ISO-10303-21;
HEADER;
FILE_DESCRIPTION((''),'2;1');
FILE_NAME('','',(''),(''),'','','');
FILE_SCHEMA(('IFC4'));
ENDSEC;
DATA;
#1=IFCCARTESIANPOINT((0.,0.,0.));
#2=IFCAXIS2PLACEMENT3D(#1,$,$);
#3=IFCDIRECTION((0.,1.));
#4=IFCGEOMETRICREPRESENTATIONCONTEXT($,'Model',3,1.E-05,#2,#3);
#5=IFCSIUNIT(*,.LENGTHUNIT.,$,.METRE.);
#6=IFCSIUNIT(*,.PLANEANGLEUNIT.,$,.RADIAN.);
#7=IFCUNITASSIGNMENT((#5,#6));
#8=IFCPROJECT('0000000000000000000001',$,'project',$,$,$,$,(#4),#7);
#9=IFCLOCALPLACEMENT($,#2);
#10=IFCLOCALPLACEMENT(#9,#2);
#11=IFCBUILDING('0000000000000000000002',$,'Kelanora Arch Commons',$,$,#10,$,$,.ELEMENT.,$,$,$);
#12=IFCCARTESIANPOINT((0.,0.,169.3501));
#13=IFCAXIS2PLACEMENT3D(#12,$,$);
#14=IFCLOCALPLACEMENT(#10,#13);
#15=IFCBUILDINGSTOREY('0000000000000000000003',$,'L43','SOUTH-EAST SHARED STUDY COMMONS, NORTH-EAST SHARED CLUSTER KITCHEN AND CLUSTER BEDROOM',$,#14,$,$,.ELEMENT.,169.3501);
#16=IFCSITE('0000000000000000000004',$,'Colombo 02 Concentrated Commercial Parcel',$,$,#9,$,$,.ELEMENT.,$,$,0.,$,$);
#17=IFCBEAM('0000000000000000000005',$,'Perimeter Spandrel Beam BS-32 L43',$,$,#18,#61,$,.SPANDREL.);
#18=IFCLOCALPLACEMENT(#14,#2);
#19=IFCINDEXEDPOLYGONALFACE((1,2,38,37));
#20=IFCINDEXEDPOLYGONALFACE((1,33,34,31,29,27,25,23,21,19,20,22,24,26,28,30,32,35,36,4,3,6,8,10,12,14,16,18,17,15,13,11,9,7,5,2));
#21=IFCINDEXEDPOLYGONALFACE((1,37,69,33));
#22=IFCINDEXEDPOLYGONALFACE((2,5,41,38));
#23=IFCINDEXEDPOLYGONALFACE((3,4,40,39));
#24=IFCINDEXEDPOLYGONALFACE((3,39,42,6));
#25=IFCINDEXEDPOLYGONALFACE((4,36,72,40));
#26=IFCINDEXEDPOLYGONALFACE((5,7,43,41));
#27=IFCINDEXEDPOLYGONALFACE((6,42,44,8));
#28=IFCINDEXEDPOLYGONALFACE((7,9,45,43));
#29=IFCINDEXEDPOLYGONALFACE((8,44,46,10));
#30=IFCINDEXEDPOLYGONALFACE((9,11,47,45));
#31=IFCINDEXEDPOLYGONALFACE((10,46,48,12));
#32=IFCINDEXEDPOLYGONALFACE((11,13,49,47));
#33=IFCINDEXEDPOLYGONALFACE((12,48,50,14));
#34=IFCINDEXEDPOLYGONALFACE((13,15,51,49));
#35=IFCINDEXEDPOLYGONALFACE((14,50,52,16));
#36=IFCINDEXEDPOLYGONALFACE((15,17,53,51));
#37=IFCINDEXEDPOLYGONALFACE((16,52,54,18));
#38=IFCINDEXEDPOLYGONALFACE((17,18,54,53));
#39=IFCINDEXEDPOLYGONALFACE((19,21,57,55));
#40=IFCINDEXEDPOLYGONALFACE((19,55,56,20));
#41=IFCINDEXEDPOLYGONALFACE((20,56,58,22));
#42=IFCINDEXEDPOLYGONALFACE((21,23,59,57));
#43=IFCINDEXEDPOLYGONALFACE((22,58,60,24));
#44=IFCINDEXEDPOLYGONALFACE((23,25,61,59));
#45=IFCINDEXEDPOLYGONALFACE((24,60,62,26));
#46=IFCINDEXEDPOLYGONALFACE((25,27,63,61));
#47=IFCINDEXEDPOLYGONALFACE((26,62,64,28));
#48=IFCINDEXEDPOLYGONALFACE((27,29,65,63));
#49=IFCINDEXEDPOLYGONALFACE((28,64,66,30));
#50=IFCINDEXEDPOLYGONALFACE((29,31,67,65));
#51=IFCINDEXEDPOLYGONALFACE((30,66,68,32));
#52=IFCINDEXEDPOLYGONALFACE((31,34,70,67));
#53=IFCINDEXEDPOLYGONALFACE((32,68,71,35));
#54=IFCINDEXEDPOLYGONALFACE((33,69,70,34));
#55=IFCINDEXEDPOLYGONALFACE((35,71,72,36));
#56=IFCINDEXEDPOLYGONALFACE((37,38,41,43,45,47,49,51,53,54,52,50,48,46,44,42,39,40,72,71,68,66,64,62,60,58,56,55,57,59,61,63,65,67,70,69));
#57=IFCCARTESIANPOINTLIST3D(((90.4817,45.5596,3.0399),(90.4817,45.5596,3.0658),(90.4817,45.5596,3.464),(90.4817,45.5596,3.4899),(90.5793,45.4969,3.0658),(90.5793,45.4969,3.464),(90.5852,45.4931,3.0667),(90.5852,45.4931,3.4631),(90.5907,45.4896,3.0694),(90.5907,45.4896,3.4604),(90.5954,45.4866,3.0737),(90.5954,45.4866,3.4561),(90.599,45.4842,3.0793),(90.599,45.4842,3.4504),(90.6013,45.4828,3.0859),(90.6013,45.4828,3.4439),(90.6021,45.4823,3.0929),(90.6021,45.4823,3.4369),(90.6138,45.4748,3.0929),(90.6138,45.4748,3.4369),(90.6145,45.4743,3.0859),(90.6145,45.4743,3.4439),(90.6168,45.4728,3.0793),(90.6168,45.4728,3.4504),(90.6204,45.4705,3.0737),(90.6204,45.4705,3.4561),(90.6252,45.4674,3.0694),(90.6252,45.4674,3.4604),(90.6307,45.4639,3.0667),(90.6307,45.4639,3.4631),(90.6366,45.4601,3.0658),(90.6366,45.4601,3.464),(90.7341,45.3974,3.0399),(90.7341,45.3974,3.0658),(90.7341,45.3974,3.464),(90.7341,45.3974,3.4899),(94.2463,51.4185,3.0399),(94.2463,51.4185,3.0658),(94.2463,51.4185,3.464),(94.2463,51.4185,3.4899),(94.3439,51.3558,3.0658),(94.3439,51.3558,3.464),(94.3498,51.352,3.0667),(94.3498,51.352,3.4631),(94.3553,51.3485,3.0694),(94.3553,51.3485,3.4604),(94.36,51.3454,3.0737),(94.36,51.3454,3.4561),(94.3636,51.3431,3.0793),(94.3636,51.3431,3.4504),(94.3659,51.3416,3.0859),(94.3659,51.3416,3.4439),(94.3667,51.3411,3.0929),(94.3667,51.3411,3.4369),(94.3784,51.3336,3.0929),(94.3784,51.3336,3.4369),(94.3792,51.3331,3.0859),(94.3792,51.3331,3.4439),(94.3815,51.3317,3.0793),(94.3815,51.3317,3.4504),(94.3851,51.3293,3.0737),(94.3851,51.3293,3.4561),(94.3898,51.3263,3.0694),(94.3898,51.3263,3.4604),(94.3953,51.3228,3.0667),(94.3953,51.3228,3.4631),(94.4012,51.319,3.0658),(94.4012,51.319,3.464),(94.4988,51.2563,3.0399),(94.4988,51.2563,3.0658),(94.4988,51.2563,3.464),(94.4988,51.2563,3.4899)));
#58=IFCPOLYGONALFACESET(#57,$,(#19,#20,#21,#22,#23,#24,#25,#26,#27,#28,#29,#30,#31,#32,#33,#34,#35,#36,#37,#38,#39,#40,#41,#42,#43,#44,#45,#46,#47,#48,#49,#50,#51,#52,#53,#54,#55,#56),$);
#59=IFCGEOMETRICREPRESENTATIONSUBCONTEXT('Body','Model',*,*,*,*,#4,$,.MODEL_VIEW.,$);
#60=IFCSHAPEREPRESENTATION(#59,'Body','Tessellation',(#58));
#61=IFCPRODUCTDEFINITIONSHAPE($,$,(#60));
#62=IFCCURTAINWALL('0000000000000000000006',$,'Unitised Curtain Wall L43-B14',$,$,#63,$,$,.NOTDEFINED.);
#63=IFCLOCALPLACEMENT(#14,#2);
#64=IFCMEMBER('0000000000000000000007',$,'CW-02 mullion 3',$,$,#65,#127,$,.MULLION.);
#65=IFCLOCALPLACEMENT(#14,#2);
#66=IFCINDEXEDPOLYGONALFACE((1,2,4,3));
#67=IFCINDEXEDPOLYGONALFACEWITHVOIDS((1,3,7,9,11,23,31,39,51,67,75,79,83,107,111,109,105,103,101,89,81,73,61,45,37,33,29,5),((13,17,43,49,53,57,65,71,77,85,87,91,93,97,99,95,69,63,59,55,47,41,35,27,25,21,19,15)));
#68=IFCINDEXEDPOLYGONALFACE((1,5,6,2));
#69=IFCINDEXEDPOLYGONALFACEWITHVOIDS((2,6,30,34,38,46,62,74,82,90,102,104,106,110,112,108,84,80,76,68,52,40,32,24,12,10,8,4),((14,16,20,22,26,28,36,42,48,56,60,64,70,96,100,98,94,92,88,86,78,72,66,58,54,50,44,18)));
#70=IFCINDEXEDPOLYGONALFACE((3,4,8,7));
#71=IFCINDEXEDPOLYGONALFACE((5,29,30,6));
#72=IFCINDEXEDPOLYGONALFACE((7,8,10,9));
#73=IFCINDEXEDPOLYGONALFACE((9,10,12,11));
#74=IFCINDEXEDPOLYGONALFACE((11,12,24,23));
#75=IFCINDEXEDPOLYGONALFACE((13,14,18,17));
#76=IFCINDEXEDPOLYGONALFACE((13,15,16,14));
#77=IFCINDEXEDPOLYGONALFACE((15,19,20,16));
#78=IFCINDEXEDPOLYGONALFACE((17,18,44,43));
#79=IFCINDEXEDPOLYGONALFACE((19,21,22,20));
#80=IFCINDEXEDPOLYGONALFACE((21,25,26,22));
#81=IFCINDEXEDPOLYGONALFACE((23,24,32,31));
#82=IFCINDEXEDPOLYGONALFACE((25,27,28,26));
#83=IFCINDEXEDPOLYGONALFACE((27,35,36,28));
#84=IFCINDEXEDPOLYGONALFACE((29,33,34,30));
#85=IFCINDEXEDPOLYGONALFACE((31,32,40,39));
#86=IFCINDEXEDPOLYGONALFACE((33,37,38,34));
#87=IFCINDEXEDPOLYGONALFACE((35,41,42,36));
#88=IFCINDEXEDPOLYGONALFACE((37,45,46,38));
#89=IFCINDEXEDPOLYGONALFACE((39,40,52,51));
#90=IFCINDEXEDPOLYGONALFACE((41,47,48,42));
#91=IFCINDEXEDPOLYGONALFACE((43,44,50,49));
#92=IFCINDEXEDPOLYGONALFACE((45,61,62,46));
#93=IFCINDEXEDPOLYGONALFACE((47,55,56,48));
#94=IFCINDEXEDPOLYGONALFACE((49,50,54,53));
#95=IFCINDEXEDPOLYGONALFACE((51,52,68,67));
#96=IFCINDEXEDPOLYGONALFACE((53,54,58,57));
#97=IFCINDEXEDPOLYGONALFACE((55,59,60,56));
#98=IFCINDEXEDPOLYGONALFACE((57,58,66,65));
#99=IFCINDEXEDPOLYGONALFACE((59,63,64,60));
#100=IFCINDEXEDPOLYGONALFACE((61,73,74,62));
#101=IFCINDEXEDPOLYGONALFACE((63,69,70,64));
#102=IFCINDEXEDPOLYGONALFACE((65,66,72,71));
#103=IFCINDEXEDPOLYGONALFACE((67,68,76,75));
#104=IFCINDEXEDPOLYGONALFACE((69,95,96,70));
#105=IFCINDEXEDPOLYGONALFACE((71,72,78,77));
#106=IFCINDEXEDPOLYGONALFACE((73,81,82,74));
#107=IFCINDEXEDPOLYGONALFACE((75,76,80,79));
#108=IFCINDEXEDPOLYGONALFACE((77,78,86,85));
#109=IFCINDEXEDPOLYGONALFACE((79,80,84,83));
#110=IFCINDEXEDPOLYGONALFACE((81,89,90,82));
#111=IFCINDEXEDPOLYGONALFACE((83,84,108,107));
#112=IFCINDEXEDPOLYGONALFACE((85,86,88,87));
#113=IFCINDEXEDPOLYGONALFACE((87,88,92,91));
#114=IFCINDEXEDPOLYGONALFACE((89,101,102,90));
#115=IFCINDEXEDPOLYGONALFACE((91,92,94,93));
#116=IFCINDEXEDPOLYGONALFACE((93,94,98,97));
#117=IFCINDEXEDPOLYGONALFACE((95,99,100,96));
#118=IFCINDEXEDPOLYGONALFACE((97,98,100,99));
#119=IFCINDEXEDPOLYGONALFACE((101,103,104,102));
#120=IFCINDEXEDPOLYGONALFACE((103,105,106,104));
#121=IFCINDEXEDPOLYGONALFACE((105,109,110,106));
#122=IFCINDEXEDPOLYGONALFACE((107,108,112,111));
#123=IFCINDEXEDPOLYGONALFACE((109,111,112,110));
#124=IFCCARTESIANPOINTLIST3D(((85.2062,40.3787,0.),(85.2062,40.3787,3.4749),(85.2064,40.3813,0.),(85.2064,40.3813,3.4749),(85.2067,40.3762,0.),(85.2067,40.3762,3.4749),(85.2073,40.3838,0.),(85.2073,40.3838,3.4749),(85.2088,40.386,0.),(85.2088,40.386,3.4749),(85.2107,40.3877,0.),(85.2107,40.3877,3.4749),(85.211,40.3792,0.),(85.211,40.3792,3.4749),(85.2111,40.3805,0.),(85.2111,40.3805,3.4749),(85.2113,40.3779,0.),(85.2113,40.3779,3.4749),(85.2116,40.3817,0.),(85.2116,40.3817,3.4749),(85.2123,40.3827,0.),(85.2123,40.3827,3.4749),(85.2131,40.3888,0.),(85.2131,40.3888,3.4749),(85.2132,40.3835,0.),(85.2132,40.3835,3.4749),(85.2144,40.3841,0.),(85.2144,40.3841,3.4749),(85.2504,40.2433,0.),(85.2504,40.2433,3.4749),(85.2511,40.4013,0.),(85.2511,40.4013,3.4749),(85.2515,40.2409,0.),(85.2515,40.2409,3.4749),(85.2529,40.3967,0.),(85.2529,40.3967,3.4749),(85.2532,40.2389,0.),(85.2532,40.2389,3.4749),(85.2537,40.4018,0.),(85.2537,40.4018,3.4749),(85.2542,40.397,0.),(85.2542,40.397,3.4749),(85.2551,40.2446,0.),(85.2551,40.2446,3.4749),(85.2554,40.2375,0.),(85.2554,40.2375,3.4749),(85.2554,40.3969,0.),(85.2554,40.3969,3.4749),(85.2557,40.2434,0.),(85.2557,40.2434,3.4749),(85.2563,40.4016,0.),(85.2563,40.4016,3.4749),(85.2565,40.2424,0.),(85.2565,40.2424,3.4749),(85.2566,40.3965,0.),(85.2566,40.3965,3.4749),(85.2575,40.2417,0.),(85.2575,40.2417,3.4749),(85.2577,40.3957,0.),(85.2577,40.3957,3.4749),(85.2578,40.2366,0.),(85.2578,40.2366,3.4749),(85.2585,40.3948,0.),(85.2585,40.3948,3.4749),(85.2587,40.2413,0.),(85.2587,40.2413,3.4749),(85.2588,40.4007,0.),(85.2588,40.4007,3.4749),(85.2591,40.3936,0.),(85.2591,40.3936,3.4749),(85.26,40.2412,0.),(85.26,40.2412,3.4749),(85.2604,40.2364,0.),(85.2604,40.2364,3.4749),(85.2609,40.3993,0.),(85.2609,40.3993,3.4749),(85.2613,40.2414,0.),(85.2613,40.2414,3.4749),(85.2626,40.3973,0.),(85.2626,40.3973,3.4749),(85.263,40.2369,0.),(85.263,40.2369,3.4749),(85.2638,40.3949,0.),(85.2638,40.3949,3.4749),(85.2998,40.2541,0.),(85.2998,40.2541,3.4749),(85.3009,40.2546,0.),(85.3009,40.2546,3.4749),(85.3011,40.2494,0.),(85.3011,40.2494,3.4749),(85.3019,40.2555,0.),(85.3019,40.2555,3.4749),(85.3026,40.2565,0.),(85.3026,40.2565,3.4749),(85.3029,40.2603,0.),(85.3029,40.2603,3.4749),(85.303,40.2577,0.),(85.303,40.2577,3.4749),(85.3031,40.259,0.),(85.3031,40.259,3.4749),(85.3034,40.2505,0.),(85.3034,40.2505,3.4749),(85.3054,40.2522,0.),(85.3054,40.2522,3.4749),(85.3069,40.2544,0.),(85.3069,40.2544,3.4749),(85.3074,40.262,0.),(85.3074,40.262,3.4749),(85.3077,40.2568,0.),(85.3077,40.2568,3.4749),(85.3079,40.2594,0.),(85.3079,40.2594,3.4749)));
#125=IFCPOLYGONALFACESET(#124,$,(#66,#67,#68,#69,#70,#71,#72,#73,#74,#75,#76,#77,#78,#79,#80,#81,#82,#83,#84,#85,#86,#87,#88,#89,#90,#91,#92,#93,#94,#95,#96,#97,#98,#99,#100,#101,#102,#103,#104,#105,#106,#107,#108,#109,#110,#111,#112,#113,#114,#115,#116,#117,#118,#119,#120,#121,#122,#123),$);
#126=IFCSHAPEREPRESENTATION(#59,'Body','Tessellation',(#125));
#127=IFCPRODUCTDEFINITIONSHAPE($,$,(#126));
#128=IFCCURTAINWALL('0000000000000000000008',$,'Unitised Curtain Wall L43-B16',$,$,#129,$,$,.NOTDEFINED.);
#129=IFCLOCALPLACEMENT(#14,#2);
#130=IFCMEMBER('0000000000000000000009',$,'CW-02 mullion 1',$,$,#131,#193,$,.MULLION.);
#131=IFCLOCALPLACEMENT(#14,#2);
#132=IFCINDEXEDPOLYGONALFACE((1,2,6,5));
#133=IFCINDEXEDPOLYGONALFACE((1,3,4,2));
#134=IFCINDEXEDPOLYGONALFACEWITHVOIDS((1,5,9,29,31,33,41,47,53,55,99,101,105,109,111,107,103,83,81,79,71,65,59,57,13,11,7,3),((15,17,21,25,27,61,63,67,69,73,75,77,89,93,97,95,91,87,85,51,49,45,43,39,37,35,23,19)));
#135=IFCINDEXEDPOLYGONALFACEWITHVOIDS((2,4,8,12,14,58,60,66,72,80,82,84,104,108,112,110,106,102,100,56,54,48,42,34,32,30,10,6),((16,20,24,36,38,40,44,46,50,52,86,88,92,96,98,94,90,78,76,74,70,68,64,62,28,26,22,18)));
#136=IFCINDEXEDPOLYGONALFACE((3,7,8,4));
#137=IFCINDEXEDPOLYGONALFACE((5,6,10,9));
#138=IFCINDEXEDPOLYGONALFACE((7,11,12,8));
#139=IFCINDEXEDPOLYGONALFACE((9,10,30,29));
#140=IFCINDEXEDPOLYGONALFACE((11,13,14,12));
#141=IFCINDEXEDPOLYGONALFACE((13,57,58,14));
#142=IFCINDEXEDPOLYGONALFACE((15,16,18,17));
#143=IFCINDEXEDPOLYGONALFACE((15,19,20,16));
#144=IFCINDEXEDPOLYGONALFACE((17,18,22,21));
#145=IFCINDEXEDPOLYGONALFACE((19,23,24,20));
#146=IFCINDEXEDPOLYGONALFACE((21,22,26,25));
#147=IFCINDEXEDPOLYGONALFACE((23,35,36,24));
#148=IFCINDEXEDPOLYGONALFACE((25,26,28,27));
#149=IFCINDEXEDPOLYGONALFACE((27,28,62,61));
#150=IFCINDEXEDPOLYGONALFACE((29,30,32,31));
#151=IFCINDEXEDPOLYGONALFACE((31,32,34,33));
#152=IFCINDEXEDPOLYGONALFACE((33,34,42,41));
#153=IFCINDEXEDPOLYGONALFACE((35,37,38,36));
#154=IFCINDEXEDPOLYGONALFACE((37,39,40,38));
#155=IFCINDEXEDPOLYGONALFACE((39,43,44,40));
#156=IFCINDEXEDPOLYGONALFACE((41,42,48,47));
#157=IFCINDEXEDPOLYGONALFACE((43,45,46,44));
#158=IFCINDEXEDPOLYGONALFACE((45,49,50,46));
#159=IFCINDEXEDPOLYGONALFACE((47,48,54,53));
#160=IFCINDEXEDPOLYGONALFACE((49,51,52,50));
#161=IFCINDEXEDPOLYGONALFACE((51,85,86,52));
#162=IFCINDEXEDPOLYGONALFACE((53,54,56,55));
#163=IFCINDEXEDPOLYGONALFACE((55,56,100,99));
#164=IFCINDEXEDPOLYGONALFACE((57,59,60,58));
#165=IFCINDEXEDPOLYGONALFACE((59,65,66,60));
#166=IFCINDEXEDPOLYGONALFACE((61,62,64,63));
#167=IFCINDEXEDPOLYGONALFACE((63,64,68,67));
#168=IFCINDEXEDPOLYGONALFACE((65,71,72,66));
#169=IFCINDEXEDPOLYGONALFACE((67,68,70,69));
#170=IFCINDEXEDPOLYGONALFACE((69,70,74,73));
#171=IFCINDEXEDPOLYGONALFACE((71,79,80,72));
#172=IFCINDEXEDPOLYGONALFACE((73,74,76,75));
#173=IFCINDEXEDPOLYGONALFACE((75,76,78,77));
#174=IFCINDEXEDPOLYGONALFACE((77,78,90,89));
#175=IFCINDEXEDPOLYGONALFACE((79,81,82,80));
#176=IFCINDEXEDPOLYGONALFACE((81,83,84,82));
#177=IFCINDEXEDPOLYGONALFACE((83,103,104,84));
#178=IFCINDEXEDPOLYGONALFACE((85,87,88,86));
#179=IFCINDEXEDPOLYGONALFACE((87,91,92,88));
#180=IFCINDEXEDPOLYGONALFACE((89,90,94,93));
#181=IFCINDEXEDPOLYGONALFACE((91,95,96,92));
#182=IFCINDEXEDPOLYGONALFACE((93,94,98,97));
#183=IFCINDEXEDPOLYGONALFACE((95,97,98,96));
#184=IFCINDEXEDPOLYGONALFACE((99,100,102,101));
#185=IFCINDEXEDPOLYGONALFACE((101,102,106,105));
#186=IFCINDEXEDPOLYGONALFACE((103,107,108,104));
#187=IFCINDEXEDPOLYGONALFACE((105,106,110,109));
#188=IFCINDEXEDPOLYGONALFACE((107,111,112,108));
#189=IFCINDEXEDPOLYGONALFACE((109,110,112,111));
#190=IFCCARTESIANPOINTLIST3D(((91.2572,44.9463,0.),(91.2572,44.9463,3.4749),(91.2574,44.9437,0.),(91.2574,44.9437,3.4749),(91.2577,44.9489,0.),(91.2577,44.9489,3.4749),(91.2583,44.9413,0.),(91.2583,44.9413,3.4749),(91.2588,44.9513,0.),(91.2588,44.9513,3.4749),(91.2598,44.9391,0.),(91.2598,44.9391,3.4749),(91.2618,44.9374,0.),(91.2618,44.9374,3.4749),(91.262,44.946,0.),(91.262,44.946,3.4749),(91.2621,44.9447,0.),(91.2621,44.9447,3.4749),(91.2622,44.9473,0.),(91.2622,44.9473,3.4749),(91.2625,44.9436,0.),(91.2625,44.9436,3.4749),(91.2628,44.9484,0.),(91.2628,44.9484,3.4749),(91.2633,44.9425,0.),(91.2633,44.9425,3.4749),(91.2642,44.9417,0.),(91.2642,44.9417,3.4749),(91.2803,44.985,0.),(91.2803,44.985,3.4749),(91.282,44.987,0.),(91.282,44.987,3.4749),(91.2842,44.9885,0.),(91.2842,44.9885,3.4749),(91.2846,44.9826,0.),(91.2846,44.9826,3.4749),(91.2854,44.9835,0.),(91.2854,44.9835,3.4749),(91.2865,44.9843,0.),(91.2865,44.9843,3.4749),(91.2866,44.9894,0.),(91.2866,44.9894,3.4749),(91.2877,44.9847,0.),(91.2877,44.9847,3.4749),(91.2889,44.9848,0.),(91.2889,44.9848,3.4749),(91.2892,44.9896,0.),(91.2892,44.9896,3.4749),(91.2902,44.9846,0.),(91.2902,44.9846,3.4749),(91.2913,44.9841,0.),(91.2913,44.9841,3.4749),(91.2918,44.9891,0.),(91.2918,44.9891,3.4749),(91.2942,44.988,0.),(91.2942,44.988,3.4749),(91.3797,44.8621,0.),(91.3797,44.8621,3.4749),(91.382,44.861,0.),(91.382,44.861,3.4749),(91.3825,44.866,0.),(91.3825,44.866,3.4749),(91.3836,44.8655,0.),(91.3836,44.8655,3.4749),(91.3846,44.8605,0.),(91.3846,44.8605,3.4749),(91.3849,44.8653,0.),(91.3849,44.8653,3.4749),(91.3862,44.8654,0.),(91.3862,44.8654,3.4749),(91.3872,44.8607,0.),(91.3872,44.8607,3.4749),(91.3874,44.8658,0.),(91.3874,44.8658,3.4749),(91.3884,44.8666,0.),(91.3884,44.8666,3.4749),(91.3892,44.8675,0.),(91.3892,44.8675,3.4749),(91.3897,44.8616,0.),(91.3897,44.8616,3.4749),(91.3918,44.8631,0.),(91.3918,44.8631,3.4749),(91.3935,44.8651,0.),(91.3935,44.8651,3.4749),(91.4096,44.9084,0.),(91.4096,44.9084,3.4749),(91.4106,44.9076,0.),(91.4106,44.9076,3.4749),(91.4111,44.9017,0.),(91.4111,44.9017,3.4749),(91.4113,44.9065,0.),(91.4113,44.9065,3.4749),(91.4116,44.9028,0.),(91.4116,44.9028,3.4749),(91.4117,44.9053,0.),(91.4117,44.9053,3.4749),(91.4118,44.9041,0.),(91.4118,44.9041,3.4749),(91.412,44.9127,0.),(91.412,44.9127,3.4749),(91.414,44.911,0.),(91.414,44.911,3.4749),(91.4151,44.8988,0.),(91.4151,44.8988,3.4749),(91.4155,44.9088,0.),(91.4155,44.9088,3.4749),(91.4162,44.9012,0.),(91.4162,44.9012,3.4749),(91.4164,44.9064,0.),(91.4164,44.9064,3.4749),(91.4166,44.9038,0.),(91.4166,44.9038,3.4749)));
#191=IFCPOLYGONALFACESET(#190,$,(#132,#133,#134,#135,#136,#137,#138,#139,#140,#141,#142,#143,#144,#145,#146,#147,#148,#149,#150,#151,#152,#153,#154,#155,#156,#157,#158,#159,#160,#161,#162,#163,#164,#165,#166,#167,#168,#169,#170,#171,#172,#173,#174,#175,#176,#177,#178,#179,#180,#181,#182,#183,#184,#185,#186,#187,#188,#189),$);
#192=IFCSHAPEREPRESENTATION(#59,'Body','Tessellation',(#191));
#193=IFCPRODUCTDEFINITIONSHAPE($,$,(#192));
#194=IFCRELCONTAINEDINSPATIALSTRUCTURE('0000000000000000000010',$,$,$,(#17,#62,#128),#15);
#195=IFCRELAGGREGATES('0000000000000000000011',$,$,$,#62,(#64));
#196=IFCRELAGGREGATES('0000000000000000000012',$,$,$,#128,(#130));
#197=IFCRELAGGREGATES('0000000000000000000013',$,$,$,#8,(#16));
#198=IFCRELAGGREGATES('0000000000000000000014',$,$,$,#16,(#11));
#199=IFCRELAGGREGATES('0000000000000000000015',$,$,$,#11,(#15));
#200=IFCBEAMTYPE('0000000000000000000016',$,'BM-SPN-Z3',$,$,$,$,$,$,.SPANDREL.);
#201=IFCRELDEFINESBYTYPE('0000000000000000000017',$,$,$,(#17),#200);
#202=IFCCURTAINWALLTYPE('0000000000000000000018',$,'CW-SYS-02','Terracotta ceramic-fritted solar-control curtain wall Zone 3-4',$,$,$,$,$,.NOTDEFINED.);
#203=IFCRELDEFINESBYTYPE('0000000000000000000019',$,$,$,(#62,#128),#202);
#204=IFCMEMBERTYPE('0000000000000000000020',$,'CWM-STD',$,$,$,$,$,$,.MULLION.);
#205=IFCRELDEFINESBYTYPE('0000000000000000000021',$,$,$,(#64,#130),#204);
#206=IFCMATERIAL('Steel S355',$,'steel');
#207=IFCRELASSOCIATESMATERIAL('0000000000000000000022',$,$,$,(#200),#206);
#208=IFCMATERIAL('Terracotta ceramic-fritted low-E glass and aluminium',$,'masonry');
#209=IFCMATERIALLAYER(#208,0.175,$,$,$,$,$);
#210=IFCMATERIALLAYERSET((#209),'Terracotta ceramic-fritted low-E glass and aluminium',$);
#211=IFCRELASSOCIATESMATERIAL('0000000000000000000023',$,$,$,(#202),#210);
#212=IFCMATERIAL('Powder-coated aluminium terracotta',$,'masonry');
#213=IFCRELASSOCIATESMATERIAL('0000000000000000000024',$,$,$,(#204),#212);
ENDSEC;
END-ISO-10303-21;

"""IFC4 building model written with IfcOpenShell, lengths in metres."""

from ifc_helpers import new_model, si_unit, direction, frame, origin, origin_2d, place, context, subcontext, project, spatial, hollow_rectangle, i_section, extrude, material, layer, layer_set, material_profile, profile_set, type_object, element, aggregate, save


model = new_model("IFC4")

# Units and contexts
model_context = context("Model", 3, precision=1e-05, world=origin(), true_north=direction((0.0, 1.0)))
body_context = subcontext(model_context, "Body", "Model", "MODEL_VIEW")
ifc_project = project(units=[si_unit("LENGTHUNIT", "METRE"), si_unit("PLANEANGLEUNIT", "RADIAN")], contexts=[model_context])

# Site, building, storey
site_placement = place(None, origin())
site = spatial("IfcSite", under=ifc_project, at=site_placement, Name="Colombo 02 Concentrated Commercial Parcel", CompositionType="ELEMENT", RefElevation=0.0)
building_placement = place(site_placement, origin())
building = spatial("IfcBuilding", under=site, at=building_placement, Name="Kelanora Arch Commons", CompositionType="ELEMENT")
storey_placement = place(building_placement, frame((0.0, 0.0, 169.3501)))
storey = spatial("IfcBuildingStorey", under=building, at=storey_placement, Name="L43", Description="SOUTH-EAST SHARED STUDY COMMONS, NORTH-EAST SHARED CLUSTER KITCHEN AND CLUSTER BEDROOM", CompositionType="ELEMENT", Elevation=169.3501)

# Beam
ifc_material_1 = material(Name="Steel S355", Category="steel")
ifc_material_profile_1 = material_profile(ifc_material_1, i_section(OverallWidth=0.3, OverallDepth=0.45, WebThickness=0.0139, FlangeThickness=0.0259, FilletRadius=0.0271, at=origin_2d()), Name="HEB450")
ifc_profile_set_1 = profile_set([ifc_material_profile_1], Name="Steel S355")
beam_type_1 = type_object("IfcBeamType", Name="BM-SPN-Z3", PredefinedType="SPANDREL", material=ifc_profile_set_1)
beam_1_placement = place(storey_placement, frame((90.6079, 45.4785, 3.2649), z_axis=(0.540577, 0.841295, 0.0), x_axis=(-0.841295, 0.540577, 0.0)))
element("IfcBeam", 1, at=beam_1_placement, inside=storey, type_object=beam_type_1, Name="Perimeter Spandrel Beam BS-32 L43", PredefinedType="SPANDREL", context=body_context, shape_type="SweptSolid", body=[
    extrude(i_section(OverallWidth=0.3, OverallDepth=0.45, WebThickness=0.0139, FlangeThickness=0.0259, FilletRadius=0.0271, at=origin_2d()), origin(), (0.0, 0.0, 1.0), 6.9641),
])

# Curtain wall, member
ifc_material_2 = material(Name="Terracotta ceramic-fritted low-E glass and aluminium", Category="masonry")
ifc_layer_1 = layer(ifc_material_2, 0.175)
ifc_layer_set_1 = layer_set([ifc_layer_1], Name="Terracotta ceramic-fritted low-E glass and aluminium")
curtain_wall_type = type_object("IfcCurtainWallType", Name="CW-SYS-02", Description="Terracotta ceramic-fritted solar-control curtain wall Zone 3-4", PredefinedType="NOTDEFINED", material=ifc_layer_set_1)
curtain_wall_1_placement = place(storey_placement, origin())
curtain_wall_1 = element("IfcCurtainWall", 2, at=curtain_wall_1_placement, inside=storey, type_object=curtain_wall_type, Name="Unitised Curtain Wall L43-B14", PredefinedType="NOTDEFINED")
ifc_material_3 = material(Name="Powder-coated aluminium terracotta", Category="masonry")
ifc_material_profile_2 = material_profile(ifc_material_3, hollow_rectangle(XDim=0.1599, YDim=0.0601, WallThickness=0.0049, InnerFilletRadius=0.0049, OuterFilletRadius=0.01, at=origin_2d()), Name="CWM160x60")
ifc_profile_set_2 = profile_set([ifc_material_profile_2], Name="Powder-coated aluminium terracotta")
member_type_1 = type_object("IfcMemberType", Name="CWM-STD", PredefinedType="MULLION", material=ifc_profile_set_2)
member_1_placement = place(storey_placement, frame((85.2571, 40.3191, 0.0), z_axis=(0.0, 0.0, 1.0), x_axis=(-0.312128, 0.95004, 0.0)))
member_1 = element("IfcMember", 3, at=member_1_placement, type_object=member_type_1, Name="CW-02 mullion 3", PredefinedType="MULLION", context=body_context, shape_type="SweptSolid", body=[
    extrude(hollow_rectangle(XDim=0.1599, YDim=0.0601, WallThickness=0.0049, InnerFilletRadius=0.0049, OuterFilletRadius=0.01, at=origin_2d()), origin(), (0.0, 0.0, 1.0), 3.4749),
])

# Curtain wall, member
curtain_wall_2_placement = place(storey_placement, origin())
curtain_wall_2 = element("IfcCurtainWall", 4, at=curtain_wall_2_placement, inside=storey, type_object=curtain_wall_type, Name="Unitised Curtain Wall L43-B16", PredefinedType="NOTDEFINED")
member_2_placement = place(storey_placement, frame((91.3369, 44.925, 0.0), z_axis=(0.0, 0.0, 1.0), x_axis=(-0.842423, 0.538817, 0.0)))
member_2 = element("IfcMember", 5, at=member_2_placement, type_object=member_type_1, Name="CW-02 mullion 1", PredefinedType="MULLION", context=body_context, shape_type="SweptSolid", body=[
    extrude(hollow_rectangle(XDim=0.1599, YDim=0.0601, WallThickness=0.0049, InnerFilletRadius=0.0049, OuterFilletRadius=0.01, at=origin_2d()), origin(), (0.0, 0.0, 1.0), 3.4749),
])

aggregate(curtain_wall_1, [member_1])
aggregate(curtain_wall_2, [member_2])

save(model, "model.ifc")
